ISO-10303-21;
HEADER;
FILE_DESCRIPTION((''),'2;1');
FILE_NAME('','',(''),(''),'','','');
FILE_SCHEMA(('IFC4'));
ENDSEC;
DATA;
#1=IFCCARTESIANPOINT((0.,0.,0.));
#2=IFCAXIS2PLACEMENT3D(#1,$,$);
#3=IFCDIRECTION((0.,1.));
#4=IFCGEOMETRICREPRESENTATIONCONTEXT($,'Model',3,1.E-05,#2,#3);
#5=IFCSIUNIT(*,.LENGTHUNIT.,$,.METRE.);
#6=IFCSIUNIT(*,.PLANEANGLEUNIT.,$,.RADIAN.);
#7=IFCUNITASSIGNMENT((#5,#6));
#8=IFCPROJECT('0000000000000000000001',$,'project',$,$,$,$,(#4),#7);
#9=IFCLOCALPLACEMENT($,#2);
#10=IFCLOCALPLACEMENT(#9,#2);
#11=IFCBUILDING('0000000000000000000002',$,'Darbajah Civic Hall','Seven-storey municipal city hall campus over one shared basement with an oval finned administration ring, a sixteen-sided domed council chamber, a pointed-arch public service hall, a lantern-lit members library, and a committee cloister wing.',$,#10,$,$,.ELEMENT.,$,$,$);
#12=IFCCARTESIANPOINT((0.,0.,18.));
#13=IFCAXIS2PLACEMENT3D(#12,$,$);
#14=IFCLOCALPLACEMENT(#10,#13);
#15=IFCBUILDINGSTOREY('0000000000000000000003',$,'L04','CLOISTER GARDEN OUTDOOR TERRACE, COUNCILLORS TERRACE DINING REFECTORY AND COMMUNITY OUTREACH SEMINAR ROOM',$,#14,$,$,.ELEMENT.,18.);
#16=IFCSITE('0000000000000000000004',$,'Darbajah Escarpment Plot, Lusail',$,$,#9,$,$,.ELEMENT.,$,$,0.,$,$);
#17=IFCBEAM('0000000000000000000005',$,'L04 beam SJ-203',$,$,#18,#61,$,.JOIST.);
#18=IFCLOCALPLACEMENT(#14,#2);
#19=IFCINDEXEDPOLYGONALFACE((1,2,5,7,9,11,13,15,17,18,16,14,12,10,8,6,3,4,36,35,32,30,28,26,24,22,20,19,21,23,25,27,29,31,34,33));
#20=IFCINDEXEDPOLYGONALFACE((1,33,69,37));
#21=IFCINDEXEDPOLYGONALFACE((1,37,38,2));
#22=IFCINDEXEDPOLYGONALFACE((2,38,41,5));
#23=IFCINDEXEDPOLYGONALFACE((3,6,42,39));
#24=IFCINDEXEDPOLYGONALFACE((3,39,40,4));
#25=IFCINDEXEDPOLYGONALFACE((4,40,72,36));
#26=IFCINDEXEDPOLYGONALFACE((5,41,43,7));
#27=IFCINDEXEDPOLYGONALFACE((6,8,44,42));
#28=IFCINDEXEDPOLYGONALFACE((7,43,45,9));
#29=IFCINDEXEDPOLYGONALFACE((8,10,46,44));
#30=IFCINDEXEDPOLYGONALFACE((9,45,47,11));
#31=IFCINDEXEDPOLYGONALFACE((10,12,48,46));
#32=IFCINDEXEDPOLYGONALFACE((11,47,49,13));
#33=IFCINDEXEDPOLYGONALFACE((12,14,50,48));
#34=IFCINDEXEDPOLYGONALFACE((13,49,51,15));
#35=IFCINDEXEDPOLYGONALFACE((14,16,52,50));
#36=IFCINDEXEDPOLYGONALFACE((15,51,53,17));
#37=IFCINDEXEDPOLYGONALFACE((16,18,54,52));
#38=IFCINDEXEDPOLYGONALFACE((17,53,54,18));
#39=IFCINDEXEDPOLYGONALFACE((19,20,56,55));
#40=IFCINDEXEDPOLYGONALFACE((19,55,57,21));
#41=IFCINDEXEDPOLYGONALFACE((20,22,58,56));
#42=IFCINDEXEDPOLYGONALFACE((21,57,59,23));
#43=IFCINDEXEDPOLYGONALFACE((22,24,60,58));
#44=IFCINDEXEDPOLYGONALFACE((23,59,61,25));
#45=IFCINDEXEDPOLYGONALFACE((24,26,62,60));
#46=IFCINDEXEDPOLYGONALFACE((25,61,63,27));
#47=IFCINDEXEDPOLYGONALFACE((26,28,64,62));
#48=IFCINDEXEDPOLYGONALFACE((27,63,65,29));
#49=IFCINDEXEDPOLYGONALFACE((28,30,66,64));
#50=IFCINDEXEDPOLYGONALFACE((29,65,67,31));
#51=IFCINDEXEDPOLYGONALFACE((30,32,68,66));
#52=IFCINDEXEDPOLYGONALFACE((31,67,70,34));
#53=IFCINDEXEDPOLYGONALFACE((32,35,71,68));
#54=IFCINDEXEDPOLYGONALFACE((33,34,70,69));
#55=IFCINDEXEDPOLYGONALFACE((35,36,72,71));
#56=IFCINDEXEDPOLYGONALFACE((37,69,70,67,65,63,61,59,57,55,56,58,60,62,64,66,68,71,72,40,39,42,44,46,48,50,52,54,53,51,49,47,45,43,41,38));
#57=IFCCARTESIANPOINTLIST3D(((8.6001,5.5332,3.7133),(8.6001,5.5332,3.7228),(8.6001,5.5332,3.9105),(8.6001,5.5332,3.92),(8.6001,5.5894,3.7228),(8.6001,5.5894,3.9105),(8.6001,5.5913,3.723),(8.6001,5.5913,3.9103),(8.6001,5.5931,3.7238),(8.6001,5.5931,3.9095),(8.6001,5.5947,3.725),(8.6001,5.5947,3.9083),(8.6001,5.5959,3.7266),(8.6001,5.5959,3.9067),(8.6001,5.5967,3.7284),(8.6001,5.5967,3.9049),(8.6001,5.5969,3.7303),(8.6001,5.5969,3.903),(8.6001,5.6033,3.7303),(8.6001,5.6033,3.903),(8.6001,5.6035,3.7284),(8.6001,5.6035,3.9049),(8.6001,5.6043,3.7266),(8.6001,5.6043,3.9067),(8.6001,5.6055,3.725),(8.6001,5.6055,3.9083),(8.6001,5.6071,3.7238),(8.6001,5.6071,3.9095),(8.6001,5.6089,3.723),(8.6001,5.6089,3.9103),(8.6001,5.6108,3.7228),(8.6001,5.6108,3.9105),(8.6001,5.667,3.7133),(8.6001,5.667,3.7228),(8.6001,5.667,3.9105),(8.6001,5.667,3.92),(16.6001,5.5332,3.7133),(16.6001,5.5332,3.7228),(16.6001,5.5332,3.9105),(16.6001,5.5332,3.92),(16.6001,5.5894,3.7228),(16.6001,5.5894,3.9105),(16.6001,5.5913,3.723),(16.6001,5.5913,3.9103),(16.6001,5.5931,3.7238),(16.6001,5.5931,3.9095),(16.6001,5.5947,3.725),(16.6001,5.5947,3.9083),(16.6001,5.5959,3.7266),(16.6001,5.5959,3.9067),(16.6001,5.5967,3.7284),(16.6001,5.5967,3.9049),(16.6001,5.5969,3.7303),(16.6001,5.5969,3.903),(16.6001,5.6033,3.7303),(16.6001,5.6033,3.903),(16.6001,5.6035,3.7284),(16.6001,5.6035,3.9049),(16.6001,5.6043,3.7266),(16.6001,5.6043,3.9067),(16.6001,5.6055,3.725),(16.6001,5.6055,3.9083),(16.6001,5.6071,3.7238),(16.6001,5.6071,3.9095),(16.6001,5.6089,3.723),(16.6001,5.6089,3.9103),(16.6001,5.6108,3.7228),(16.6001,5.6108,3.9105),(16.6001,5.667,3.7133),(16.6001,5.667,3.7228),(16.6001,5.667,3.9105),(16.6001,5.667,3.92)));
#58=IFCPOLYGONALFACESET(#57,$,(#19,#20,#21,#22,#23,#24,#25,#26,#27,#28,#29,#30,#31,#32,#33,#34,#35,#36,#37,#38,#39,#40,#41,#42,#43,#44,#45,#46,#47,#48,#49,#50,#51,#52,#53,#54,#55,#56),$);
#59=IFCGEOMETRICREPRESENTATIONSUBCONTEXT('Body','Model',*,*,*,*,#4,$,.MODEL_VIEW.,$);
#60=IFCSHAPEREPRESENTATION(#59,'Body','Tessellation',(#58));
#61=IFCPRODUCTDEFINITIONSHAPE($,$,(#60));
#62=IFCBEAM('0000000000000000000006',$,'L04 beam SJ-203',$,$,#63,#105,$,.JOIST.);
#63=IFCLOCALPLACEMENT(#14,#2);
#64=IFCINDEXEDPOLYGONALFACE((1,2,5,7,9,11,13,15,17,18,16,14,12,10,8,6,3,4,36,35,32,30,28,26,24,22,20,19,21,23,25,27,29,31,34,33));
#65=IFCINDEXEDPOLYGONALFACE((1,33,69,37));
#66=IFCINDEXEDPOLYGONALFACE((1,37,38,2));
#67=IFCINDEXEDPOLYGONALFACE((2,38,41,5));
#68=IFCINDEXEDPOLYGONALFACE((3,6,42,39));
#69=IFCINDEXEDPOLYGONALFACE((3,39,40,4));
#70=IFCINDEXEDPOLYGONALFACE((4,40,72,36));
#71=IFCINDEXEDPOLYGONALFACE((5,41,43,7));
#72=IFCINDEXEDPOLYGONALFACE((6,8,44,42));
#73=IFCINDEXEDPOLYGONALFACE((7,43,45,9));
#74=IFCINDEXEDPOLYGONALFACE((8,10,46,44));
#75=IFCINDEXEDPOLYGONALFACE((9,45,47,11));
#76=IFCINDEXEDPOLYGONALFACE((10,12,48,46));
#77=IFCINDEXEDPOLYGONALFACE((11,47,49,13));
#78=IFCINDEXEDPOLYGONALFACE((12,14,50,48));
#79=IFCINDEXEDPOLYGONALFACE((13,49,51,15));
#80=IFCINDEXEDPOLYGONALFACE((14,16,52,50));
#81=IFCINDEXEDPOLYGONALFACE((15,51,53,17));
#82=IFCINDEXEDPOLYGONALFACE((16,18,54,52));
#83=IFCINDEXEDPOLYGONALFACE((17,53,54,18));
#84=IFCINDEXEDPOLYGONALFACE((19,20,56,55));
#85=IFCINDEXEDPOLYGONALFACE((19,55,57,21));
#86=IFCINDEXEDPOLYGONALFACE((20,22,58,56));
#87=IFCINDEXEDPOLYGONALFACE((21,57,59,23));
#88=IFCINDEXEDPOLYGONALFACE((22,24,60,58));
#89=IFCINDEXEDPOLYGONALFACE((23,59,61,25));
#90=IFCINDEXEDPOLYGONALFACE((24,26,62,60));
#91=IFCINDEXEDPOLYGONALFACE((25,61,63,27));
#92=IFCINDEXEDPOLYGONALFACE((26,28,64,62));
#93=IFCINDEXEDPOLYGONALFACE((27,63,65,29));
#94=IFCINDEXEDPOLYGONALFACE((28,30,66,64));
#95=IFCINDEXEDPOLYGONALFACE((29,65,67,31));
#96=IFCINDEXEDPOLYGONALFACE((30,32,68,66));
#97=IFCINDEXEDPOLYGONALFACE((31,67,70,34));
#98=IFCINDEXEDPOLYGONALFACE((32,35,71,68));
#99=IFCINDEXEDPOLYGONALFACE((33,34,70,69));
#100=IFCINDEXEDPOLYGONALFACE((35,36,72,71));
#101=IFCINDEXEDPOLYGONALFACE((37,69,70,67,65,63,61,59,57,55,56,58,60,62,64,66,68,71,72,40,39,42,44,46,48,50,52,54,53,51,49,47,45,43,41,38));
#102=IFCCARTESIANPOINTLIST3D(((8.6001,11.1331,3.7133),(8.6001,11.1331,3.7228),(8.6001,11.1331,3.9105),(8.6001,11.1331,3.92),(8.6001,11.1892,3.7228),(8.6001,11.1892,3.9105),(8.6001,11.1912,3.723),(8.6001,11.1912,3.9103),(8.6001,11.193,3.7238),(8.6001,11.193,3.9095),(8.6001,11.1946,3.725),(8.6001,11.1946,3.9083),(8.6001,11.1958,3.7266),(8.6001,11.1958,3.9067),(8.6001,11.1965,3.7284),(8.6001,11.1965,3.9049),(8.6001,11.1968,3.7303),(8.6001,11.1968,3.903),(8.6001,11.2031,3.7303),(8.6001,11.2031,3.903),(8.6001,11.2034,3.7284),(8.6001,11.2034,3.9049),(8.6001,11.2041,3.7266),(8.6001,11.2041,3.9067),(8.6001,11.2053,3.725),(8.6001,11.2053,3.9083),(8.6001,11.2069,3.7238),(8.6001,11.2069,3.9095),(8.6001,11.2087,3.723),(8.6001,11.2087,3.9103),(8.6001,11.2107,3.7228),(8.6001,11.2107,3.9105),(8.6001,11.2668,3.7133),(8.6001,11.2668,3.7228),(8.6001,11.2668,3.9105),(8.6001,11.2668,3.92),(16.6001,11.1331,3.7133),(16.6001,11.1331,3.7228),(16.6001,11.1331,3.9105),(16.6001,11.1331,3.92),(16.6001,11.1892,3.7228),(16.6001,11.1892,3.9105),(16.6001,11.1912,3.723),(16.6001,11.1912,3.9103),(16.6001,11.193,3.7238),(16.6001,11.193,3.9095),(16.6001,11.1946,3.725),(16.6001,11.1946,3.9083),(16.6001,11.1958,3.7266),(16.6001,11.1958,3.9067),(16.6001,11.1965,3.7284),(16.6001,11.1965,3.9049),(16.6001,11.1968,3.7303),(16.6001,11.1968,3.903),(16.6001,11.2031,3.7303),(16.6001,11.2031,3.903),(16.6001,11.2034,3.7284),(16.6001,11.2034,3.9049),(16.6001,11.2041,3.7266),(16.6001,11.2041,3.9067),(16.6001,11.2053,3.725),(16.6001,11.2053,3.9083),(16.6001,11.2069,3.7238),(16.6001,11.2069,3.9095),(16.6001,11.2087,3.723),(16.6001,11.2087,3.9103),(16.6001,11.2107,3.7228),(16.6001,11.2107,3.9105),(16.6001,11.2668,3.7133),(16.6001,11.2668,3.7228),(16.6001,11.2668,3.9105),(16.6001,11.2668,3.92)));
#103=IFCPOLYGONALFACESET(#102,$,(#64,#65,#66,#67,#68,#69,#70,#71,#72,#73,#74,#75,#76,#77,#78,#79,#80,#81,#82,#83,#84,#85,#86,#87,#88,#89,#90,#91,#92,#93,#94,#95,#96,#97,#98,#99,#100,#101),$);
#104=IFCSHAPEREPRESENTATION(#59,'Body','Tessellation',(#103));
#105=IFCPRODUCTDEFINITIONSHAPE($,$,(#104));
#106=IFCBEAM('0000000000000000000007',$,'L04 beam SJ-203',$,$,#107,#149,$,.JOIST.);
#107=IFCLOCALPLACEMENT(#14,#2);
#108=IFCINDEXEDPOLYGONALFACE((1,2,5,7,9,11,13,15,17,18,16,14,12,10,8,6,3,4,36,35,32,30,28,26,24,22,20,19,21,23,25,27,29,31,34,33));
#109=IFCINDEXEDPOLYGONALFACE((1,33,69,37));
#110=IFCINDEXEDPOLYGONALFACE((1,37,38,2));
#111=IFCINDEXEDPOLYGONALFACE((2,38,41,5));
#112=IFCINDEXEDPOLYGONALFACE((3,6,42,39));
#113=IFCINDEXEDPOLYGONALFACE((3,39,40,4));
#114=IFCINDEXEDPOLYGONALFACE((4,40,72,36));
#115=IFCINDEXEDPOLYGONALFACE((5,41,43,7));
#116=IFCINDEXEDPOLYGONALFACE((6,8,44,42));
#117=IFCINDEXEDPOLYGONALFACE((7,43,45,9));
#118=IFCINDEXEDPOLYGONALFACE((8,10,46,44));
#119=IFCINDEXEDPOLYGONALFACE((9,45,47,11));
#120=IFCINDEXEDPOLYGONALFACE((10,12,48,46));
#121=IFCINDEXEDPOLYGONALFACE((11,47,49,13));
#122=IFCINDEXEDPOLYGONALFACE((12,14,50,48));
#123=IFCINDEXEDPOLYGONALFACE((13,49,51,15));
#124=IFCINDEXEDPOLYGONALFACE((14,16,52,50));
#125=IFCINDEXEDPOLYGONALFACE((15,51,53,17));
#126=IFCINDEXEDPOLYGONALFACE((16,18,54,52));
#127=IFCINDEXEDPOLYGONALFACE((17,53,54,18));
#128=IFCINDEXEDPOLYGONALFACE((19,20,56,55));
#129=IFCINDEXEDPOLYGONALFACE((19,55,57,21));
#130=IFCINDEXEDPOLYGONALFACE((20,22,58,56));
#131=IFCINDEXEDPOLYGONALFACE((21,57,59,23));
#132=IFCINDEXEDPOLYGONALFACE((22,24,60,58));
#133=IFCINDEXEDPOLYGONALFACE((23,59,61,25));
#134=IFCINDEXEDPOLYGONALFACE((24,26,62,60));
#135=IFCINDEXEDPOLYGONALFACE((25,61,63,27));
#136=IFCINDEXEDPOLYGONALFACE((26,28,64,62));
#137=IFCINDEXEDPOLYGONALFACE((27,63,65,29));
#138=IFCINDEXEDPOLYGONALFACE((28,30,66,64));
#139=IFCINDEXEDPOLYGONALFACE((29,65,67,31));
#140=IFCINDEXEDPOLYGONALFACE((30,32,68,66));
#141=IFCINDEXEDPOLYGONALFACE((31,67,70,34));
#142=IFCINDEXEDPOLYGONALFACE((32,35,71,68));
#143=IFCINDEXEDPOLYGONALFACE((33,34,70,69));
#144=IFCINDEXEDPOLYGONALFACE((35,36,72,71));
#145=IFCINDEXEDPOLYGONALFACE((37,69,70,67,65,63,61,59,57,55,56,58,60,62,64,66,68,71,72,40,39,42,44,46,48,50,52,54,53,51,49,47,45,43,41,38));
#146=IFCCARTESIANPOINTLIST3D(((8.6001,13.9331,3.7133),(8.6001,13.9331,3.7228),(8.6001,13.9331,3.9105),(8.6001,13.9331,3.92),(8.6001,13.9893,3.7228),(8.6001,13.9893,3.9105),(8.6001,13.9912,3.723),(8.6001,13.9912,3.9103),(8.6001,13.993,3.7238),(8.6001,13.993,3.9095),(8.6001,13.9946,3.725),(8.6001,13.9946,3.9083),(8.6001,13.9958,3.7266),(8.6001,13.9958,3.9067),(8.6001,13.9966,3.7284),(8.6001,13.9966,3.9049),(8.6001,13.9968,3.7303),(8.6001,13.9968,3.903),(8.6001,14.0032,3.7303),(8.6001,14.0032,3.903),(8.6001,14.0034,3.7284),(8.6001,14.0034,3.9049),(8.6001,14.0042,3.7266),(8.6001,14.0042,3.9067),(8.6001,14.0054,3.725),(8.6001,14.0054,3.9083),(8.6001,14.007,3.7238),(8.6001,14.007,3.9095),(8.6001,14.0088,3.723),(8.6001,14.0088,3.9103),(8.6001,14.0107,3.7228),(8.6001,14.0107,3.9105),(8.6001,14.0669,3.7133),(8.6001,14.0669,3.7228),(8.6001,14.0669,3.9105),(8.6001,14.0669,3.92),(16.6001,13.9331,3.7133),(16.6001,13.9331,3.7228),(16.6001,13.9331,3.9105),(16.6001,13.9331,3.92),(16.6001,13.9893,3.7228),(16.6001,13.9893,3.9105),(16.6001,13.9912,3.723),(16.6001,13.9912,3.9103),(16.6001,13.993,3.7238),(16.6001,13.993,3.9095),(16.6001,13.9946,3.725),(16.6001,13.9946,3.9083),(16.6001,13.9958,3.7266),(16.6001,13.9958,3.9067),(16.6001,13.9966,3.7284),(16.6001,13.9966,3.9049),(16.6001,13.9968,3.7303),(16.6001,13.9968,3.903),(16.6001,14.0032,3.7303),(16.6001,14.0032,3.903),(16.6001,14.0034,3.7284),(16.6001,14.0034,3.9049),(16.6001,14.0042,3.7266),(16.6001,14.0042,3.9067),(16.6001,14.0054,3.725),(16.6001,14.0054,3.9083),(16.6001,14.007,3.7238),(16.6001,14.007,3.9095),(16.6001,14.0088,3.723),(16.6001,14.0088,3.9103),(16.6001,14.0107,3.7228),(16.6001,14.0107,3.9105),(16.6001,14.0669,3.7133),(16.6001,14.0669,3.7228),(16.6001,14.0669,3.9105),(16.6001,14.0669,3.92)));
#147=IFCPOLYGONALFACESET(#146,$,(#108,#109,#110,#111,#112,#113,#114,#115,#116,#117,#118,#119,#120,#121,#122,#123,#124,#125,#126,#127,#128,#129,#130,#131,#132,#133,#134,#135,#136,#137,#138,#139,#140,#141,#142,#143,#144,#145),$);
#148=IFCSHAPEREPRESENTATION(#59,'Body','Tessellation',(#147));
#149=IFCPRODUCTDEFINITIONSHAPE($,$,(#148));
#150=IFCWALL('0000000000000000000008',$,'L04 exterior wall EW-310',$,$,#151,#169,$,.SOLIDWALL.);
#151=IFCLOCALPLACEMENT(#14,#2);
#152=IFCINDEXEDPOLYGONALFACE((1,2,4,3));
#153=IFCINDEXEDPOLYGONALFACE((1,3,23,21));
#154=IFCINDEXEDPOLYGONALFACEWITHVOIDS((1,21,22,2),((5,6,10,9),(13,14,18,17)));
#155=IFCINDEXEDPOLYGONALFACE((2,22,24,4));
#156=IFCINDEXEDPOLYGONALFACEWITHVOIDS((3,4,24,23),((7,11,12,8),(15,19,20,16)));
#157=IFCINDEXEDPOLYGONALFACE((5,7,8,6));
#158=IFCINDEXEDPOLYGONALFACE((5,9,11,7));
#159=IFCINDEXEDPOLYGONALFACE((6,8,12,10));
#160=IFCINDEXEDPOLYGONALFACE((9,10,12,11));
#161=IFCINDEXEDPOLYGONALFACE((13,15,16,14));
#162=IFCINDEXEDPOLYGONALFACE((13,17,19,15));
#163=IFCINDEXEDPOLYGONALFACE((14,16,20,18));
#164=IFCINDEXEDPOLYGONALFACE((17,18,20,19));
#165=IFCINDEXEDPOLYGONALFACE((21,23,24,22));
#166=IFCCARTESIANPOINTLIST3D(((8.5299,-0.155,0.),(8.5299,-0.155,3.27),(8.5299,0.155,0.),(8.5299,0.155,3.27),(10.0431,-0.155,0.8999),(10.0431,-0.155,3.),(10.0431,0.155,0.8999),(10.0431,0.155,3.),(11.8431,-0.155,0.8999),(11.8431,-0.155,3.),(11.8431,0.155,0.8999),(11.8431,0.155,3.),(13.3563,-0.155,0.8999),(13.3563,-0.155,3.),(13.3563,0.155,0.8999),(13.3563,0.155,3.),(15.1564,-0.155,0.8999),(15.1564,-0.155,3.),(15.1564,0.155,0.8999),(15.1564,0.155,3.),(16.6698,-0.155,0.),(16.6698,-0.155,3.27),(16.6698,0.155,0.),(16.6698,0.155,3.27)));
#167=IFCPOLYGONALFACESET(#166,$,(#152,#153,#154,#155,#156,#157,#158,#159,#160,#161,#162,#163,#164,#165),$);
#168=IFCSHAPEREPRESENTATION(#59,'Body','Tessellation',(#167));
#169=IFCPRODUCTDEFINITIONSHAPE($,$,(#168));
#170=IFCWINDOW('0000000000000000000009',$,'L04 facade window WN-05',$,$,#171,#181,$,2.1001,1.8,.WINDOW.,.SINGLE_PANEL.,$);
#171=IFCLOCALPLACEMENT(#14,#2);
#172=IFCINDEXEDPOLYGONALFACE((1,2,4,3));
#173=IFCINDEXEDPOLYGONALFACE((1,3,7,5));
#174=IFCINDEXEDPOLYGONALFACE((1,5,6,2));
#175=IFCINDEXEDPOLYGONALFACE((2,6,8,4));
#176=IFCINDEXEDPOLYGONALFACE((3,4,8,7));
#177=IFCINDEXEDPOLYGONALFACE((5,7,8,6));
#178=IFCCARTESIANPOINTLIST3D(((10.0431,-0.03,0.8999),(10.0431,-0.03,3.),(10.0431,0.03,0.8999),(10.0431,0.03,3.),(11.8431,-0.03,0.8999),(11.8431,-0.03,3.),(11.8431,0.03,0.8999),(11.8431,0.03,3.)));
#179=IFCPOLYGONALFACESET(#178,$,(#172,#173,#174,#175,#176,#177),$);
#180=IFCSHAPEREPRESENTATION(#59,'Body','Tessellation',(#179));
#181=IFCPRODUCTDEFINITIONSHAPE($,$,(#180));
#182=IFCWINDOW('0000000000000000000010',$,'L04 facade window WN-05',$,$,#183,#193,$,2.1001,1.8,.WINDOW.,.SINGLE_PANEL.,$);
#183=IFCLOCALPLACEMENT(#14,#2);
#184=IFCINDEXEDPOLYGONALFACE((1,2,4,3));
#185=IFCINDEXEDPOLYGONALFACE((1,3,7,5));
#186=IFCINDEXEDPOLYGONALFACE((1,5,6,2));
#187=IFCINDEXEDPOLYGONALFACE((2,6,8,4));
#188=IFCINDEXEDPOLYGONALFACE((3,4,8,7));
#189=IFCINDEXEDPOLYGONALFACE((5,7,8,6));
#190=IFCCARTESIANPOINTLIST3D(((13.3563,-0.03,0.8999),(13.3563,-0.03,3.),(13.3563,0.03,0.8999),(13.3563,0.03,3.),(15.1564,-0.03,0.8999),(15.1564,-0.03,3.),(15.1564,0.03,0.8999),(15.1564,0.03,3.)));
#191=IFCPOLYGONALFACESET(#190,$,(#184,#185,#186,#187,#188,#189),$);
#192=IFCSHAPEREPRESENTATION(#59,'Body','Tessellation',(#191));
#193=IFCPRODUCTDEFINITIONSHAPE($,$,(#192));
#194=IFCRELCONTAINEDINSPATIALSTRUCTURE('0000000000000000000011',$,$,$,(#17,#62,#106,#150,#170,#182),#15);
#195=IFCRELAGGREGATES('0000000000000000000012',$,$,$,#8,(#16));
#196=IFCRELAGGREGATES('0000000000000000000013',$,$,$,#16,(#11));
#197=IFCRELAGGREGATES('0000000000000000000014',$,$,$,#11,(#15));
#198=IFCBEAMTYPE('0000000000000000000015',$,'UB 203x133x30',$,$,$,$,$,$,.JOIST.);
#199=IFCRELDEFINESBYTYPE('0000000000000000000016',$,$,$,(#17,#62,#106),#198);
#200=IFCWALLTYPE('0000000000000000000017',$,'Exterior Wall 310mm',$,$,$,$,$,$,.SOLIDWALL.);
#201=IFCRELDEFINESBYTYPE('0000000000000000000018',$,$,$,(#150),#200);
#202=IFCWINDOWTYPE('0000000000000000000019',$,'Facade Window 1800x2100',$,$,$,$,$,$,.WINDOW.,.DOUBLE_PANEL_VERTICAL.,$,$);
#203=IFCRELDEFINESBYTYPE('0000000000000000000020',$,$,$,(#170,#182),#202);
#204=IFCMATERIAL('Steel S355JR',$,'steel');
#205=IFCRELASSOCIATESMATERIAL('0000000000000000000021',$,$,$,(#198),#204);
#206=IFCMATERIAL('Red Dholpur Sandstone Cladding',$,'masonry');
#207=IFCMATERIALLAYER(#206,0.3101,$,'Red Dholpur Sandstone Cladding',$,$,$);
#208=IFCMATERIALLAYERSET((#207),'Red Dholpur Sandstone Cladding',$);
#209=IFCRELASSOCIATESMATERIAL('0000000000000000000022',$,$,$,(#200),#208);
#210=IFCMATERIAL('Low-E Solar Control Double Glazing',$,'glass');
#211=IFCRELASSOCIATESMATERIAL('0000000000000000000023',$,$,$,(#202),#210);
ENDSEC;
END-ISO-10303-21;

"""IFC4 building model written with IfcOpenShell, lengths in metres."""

from ifc_helpers import new_model, si_unit, direction, frame, frame_2d, origin, origin_2d, place, context, subcontext, project, spatial, rectangle, i_section, extrude, material, layer, layer_set, material_profile, profile_set, type_object, element, fill, save


model = new_model("IFC4")

# Units and contexts
model_context = context("Model", 3, precision=1e-05, world=origin(), true_north=direction((0.0, 1.0)))
body_context = subcontext(model_context, "Body", "Model", "MODEL_VIEW")
ifc_project = project(units=[si_unit("LENGTHUNIT", "METRE"), si_unit("PLANEANGLEUNIT", "RADIAN")], contexts=[model_context])

# Site, building, storey
site_placement = place(None, origin())
site = spatial("IfcSite", under=ifc_project, at=site_placement, Name="Darbajah Escarpment Plot, Lusail", CompositionType="ELEMENT", RefElevation=0.0)
building_placement = place(site_placement, origin())
building = spatial("IfcBuilding", under=site, at=building_placement, Name="Darbajah Civic Hall", Description="Seven-storey municipal city hall campus over one shared basement with an oval finned administration ring, a sixteen-sided domed council chamber, a pointed-arch public service hall, a lantern-lit members library, and a committee cloister wing.", CompositionType="ELEMENT")
storey_placement = place(building_placement, frame((0.0, 0.0, 18.0)))
storey = spatial("IfcBuildingStorey", under=building, at=storey_placement, Name="L04", Description="CLOISTER GARDEN OUTDOOR TERRACE, COUNCILLORS TERRACE DINING REFECTORY AND COMMUNITY OUTREACH SEMINAR ROOM", CompositionType="ELEMENT", Elevation=18.0)

# Shared definitions
ifc_material_1 = material(Name="Steel S355JR", Category="steel")

# Beams
ifc_material_profile_1 = material_profile(ifc_material_1, i_section(OverallWidth=0.1338, OverallDepth=0.2068, WebThickness=0.0063, FlangeThickness=0.0095, FilletRadius=0.0076, at=origin_2d()), Name="UB 203x133x30")
ifc_profile_set_1 = profile_set([ifc_material_profile_1], Name="Steel S355JR")
beam_type_1 = type_object("IfcBeamType", Name="UB 203x133x30", PredefinedType="JOIST", material=ifc_profile_set_1)
for number, where, z_axis, x_axis, name in (
    (1, (8.6001, 5.6001, 3.8167), (1.0, 0.0, 0.0), (0.0, 1.0, 0.0), "L04 beam SJ-203"),
    (2, (8.6001, 11.2, 3.8167), (1.0, 0.0, 0.0), (0.0, 1.0, 0.0), "L04 beam SJ-203"),
    (3, (8.6001, 14.0, 3.8167), (1.0, 0.0, 0.0), (0.0, 1.0, 0.0), "L04 beam SJ-203"),
):
    element("IfcBeam", number, at=place(storey_placement, frame(where, z_axis=z_axis, x_axis=x_axis)), inside=storey, type_object=beam_type_1, Name=name, PredefinedType="JOIST", context=body_context, shape_type="SweptSolid", body=[
        extrude(i_section(OverallWidth=0.1338, OverallDepth=0.2068, WebThickness=0.0063, FlangeThickness=0.0095, FilletRadius=0.0076, at=origin_2d()), origin(), (0.0, 0.0, 1.0), 8.0),
    ])

# Wall, openings, windows
ifc_material_2 = material(Name="Red Dholpur Sandstone Cladding", Category="masonry")
ifc_layer = layer(ifc_material_2, 0.3101, Name="Red Dholpur Sandstone Cladding")
ifc_layer_set = layer_set([ifc_layer], Name="Red Dholpur Sandstone Cladding")
wall_type = type_object("IfcWallType", Name="Exterior Wall 310mm", PredefinedType="SOLIDWALL", material=ifc_layer_set)
wall_1_placement = place(storey_placement, frame((8.53, 0.0, 0.0), z_axis=(0.0, 0.0, 1.0), x_axis=(1.0, 0.0, 0.0)))
wall_1 = element("IfcWall", 4, at=wall_1_placement, inside=storey, type_object=wall_type, Name="L04 exterior wall EW-310", PredefinedType="SOLIDWALL", context=body_context, shape_type="SweptSolid", body=[
    extrude(rectangle(XDim=8.1399, YDim=0.3101, at=frame_2d((4.0698, 0.0))), origin(), (0.0, 0.0, 1.0), 3.27),
])
opening_1_placement = place(wall_1_placement, frame((1.5132, 0.0, 0.8999)))
opening_1 = element("IfcOpeningElement", 5, at=opening_1_placement, cuts=wall_1, PredefinedType="OPENING", context=body_context, shape_type="SweptSolid", body=[
    extrude(rectangle(XDim=1.8, YDim=2.1001, at=frame_2d((0.8999, 1.05))), frame((0.0, 0.165, 0.0), z_axis=(0.0, -1.0, 0.0), x_axis=(1.0, 0.0, 0.0)), (0.0, 0.0, 1.0), 0.3301),
])
opening_2_placement = place(wall_1_placement, frame((4.8264, 0.0, 0.8999)))
opening_2 = element("IfcOpeningElement", 6, at=opening_2_placement, cuts=wall_1, PredefinedType="OPENING", context=body_context, shape_type="SweptSolid", body=[
    extrude(rectangle(XDim=1.8, YDim=2.1001, at=frame_2d((0.8999, 1.05))), frame((0.0, 0.165, 0.0), z_axis=(0.0, -1.0, 0.0), x_axis=(1.0, 0.0, 0.0)), (0.0, 0.0, 1.0), 0.3301),
])
ifc_material_3 = material(Name="Low-E Solar Control Double Glazing", Category="glass")
window_type_1 = type_object("IfcWindowType", Name="Facade Window 1800x2100", PartitioningType="DOUBLE_PANEL_VERTICAL", PredefinedType="WINDOW", material=ifc_material_3)
window_1_placement = place(opening_1_placement, origin())
window_1 = element("IfcWindow", 7, at=window_1_placement, inside=storey, type_object=window_type_1, Name="L04 facade window WN-05", OverallHeight=2.1001, OverallWidth=1.8, PartitioningType="SINGLE_PANEL", PredefinedType="WINDOW", context=body_context, shape_type="SweptSolid", body=[
    extrude(rectangle(XDim=1.8, YDim=2.1001, at=frame_2d((0.8999, 1.05))), frame((0.0, 0.03, 0.0), z_axis=(0.0, -1.0, 0.0), x_axis=(1.0, 0.0, 0.0)), (0.0, 0.0, 1.0), 0.0601),
])
fill(opening_1, window_1)
window_2_placement = place(opening_2_placement, origin())
window_2 = element("IfcWindow", 8, at=window_2_placement, inside=storey, type_object=window_type_1, Name="L04 facade window WN-05", OverallHeight=2.1001, OverallWidth=1.8, PartitioningType="SINGLE_PANEL", PredefinedType="WINDOW", context=body_context, shape_type="SweptSolid", body=[
    extrude(rectangle(XDim=1.8, YDim=2.1001, at=frame_2d((0.8999, 1.05))), frame((0.0, 0.03, 0.0), z_axis=(0.0, -1.0, 0.0), x_axis=(1.0, 0.0, 0.0)), (0.0, 0.0, 1.0), 0.0601),
])
fill(opening_2, window_2)

save(model, "model.ifc")
